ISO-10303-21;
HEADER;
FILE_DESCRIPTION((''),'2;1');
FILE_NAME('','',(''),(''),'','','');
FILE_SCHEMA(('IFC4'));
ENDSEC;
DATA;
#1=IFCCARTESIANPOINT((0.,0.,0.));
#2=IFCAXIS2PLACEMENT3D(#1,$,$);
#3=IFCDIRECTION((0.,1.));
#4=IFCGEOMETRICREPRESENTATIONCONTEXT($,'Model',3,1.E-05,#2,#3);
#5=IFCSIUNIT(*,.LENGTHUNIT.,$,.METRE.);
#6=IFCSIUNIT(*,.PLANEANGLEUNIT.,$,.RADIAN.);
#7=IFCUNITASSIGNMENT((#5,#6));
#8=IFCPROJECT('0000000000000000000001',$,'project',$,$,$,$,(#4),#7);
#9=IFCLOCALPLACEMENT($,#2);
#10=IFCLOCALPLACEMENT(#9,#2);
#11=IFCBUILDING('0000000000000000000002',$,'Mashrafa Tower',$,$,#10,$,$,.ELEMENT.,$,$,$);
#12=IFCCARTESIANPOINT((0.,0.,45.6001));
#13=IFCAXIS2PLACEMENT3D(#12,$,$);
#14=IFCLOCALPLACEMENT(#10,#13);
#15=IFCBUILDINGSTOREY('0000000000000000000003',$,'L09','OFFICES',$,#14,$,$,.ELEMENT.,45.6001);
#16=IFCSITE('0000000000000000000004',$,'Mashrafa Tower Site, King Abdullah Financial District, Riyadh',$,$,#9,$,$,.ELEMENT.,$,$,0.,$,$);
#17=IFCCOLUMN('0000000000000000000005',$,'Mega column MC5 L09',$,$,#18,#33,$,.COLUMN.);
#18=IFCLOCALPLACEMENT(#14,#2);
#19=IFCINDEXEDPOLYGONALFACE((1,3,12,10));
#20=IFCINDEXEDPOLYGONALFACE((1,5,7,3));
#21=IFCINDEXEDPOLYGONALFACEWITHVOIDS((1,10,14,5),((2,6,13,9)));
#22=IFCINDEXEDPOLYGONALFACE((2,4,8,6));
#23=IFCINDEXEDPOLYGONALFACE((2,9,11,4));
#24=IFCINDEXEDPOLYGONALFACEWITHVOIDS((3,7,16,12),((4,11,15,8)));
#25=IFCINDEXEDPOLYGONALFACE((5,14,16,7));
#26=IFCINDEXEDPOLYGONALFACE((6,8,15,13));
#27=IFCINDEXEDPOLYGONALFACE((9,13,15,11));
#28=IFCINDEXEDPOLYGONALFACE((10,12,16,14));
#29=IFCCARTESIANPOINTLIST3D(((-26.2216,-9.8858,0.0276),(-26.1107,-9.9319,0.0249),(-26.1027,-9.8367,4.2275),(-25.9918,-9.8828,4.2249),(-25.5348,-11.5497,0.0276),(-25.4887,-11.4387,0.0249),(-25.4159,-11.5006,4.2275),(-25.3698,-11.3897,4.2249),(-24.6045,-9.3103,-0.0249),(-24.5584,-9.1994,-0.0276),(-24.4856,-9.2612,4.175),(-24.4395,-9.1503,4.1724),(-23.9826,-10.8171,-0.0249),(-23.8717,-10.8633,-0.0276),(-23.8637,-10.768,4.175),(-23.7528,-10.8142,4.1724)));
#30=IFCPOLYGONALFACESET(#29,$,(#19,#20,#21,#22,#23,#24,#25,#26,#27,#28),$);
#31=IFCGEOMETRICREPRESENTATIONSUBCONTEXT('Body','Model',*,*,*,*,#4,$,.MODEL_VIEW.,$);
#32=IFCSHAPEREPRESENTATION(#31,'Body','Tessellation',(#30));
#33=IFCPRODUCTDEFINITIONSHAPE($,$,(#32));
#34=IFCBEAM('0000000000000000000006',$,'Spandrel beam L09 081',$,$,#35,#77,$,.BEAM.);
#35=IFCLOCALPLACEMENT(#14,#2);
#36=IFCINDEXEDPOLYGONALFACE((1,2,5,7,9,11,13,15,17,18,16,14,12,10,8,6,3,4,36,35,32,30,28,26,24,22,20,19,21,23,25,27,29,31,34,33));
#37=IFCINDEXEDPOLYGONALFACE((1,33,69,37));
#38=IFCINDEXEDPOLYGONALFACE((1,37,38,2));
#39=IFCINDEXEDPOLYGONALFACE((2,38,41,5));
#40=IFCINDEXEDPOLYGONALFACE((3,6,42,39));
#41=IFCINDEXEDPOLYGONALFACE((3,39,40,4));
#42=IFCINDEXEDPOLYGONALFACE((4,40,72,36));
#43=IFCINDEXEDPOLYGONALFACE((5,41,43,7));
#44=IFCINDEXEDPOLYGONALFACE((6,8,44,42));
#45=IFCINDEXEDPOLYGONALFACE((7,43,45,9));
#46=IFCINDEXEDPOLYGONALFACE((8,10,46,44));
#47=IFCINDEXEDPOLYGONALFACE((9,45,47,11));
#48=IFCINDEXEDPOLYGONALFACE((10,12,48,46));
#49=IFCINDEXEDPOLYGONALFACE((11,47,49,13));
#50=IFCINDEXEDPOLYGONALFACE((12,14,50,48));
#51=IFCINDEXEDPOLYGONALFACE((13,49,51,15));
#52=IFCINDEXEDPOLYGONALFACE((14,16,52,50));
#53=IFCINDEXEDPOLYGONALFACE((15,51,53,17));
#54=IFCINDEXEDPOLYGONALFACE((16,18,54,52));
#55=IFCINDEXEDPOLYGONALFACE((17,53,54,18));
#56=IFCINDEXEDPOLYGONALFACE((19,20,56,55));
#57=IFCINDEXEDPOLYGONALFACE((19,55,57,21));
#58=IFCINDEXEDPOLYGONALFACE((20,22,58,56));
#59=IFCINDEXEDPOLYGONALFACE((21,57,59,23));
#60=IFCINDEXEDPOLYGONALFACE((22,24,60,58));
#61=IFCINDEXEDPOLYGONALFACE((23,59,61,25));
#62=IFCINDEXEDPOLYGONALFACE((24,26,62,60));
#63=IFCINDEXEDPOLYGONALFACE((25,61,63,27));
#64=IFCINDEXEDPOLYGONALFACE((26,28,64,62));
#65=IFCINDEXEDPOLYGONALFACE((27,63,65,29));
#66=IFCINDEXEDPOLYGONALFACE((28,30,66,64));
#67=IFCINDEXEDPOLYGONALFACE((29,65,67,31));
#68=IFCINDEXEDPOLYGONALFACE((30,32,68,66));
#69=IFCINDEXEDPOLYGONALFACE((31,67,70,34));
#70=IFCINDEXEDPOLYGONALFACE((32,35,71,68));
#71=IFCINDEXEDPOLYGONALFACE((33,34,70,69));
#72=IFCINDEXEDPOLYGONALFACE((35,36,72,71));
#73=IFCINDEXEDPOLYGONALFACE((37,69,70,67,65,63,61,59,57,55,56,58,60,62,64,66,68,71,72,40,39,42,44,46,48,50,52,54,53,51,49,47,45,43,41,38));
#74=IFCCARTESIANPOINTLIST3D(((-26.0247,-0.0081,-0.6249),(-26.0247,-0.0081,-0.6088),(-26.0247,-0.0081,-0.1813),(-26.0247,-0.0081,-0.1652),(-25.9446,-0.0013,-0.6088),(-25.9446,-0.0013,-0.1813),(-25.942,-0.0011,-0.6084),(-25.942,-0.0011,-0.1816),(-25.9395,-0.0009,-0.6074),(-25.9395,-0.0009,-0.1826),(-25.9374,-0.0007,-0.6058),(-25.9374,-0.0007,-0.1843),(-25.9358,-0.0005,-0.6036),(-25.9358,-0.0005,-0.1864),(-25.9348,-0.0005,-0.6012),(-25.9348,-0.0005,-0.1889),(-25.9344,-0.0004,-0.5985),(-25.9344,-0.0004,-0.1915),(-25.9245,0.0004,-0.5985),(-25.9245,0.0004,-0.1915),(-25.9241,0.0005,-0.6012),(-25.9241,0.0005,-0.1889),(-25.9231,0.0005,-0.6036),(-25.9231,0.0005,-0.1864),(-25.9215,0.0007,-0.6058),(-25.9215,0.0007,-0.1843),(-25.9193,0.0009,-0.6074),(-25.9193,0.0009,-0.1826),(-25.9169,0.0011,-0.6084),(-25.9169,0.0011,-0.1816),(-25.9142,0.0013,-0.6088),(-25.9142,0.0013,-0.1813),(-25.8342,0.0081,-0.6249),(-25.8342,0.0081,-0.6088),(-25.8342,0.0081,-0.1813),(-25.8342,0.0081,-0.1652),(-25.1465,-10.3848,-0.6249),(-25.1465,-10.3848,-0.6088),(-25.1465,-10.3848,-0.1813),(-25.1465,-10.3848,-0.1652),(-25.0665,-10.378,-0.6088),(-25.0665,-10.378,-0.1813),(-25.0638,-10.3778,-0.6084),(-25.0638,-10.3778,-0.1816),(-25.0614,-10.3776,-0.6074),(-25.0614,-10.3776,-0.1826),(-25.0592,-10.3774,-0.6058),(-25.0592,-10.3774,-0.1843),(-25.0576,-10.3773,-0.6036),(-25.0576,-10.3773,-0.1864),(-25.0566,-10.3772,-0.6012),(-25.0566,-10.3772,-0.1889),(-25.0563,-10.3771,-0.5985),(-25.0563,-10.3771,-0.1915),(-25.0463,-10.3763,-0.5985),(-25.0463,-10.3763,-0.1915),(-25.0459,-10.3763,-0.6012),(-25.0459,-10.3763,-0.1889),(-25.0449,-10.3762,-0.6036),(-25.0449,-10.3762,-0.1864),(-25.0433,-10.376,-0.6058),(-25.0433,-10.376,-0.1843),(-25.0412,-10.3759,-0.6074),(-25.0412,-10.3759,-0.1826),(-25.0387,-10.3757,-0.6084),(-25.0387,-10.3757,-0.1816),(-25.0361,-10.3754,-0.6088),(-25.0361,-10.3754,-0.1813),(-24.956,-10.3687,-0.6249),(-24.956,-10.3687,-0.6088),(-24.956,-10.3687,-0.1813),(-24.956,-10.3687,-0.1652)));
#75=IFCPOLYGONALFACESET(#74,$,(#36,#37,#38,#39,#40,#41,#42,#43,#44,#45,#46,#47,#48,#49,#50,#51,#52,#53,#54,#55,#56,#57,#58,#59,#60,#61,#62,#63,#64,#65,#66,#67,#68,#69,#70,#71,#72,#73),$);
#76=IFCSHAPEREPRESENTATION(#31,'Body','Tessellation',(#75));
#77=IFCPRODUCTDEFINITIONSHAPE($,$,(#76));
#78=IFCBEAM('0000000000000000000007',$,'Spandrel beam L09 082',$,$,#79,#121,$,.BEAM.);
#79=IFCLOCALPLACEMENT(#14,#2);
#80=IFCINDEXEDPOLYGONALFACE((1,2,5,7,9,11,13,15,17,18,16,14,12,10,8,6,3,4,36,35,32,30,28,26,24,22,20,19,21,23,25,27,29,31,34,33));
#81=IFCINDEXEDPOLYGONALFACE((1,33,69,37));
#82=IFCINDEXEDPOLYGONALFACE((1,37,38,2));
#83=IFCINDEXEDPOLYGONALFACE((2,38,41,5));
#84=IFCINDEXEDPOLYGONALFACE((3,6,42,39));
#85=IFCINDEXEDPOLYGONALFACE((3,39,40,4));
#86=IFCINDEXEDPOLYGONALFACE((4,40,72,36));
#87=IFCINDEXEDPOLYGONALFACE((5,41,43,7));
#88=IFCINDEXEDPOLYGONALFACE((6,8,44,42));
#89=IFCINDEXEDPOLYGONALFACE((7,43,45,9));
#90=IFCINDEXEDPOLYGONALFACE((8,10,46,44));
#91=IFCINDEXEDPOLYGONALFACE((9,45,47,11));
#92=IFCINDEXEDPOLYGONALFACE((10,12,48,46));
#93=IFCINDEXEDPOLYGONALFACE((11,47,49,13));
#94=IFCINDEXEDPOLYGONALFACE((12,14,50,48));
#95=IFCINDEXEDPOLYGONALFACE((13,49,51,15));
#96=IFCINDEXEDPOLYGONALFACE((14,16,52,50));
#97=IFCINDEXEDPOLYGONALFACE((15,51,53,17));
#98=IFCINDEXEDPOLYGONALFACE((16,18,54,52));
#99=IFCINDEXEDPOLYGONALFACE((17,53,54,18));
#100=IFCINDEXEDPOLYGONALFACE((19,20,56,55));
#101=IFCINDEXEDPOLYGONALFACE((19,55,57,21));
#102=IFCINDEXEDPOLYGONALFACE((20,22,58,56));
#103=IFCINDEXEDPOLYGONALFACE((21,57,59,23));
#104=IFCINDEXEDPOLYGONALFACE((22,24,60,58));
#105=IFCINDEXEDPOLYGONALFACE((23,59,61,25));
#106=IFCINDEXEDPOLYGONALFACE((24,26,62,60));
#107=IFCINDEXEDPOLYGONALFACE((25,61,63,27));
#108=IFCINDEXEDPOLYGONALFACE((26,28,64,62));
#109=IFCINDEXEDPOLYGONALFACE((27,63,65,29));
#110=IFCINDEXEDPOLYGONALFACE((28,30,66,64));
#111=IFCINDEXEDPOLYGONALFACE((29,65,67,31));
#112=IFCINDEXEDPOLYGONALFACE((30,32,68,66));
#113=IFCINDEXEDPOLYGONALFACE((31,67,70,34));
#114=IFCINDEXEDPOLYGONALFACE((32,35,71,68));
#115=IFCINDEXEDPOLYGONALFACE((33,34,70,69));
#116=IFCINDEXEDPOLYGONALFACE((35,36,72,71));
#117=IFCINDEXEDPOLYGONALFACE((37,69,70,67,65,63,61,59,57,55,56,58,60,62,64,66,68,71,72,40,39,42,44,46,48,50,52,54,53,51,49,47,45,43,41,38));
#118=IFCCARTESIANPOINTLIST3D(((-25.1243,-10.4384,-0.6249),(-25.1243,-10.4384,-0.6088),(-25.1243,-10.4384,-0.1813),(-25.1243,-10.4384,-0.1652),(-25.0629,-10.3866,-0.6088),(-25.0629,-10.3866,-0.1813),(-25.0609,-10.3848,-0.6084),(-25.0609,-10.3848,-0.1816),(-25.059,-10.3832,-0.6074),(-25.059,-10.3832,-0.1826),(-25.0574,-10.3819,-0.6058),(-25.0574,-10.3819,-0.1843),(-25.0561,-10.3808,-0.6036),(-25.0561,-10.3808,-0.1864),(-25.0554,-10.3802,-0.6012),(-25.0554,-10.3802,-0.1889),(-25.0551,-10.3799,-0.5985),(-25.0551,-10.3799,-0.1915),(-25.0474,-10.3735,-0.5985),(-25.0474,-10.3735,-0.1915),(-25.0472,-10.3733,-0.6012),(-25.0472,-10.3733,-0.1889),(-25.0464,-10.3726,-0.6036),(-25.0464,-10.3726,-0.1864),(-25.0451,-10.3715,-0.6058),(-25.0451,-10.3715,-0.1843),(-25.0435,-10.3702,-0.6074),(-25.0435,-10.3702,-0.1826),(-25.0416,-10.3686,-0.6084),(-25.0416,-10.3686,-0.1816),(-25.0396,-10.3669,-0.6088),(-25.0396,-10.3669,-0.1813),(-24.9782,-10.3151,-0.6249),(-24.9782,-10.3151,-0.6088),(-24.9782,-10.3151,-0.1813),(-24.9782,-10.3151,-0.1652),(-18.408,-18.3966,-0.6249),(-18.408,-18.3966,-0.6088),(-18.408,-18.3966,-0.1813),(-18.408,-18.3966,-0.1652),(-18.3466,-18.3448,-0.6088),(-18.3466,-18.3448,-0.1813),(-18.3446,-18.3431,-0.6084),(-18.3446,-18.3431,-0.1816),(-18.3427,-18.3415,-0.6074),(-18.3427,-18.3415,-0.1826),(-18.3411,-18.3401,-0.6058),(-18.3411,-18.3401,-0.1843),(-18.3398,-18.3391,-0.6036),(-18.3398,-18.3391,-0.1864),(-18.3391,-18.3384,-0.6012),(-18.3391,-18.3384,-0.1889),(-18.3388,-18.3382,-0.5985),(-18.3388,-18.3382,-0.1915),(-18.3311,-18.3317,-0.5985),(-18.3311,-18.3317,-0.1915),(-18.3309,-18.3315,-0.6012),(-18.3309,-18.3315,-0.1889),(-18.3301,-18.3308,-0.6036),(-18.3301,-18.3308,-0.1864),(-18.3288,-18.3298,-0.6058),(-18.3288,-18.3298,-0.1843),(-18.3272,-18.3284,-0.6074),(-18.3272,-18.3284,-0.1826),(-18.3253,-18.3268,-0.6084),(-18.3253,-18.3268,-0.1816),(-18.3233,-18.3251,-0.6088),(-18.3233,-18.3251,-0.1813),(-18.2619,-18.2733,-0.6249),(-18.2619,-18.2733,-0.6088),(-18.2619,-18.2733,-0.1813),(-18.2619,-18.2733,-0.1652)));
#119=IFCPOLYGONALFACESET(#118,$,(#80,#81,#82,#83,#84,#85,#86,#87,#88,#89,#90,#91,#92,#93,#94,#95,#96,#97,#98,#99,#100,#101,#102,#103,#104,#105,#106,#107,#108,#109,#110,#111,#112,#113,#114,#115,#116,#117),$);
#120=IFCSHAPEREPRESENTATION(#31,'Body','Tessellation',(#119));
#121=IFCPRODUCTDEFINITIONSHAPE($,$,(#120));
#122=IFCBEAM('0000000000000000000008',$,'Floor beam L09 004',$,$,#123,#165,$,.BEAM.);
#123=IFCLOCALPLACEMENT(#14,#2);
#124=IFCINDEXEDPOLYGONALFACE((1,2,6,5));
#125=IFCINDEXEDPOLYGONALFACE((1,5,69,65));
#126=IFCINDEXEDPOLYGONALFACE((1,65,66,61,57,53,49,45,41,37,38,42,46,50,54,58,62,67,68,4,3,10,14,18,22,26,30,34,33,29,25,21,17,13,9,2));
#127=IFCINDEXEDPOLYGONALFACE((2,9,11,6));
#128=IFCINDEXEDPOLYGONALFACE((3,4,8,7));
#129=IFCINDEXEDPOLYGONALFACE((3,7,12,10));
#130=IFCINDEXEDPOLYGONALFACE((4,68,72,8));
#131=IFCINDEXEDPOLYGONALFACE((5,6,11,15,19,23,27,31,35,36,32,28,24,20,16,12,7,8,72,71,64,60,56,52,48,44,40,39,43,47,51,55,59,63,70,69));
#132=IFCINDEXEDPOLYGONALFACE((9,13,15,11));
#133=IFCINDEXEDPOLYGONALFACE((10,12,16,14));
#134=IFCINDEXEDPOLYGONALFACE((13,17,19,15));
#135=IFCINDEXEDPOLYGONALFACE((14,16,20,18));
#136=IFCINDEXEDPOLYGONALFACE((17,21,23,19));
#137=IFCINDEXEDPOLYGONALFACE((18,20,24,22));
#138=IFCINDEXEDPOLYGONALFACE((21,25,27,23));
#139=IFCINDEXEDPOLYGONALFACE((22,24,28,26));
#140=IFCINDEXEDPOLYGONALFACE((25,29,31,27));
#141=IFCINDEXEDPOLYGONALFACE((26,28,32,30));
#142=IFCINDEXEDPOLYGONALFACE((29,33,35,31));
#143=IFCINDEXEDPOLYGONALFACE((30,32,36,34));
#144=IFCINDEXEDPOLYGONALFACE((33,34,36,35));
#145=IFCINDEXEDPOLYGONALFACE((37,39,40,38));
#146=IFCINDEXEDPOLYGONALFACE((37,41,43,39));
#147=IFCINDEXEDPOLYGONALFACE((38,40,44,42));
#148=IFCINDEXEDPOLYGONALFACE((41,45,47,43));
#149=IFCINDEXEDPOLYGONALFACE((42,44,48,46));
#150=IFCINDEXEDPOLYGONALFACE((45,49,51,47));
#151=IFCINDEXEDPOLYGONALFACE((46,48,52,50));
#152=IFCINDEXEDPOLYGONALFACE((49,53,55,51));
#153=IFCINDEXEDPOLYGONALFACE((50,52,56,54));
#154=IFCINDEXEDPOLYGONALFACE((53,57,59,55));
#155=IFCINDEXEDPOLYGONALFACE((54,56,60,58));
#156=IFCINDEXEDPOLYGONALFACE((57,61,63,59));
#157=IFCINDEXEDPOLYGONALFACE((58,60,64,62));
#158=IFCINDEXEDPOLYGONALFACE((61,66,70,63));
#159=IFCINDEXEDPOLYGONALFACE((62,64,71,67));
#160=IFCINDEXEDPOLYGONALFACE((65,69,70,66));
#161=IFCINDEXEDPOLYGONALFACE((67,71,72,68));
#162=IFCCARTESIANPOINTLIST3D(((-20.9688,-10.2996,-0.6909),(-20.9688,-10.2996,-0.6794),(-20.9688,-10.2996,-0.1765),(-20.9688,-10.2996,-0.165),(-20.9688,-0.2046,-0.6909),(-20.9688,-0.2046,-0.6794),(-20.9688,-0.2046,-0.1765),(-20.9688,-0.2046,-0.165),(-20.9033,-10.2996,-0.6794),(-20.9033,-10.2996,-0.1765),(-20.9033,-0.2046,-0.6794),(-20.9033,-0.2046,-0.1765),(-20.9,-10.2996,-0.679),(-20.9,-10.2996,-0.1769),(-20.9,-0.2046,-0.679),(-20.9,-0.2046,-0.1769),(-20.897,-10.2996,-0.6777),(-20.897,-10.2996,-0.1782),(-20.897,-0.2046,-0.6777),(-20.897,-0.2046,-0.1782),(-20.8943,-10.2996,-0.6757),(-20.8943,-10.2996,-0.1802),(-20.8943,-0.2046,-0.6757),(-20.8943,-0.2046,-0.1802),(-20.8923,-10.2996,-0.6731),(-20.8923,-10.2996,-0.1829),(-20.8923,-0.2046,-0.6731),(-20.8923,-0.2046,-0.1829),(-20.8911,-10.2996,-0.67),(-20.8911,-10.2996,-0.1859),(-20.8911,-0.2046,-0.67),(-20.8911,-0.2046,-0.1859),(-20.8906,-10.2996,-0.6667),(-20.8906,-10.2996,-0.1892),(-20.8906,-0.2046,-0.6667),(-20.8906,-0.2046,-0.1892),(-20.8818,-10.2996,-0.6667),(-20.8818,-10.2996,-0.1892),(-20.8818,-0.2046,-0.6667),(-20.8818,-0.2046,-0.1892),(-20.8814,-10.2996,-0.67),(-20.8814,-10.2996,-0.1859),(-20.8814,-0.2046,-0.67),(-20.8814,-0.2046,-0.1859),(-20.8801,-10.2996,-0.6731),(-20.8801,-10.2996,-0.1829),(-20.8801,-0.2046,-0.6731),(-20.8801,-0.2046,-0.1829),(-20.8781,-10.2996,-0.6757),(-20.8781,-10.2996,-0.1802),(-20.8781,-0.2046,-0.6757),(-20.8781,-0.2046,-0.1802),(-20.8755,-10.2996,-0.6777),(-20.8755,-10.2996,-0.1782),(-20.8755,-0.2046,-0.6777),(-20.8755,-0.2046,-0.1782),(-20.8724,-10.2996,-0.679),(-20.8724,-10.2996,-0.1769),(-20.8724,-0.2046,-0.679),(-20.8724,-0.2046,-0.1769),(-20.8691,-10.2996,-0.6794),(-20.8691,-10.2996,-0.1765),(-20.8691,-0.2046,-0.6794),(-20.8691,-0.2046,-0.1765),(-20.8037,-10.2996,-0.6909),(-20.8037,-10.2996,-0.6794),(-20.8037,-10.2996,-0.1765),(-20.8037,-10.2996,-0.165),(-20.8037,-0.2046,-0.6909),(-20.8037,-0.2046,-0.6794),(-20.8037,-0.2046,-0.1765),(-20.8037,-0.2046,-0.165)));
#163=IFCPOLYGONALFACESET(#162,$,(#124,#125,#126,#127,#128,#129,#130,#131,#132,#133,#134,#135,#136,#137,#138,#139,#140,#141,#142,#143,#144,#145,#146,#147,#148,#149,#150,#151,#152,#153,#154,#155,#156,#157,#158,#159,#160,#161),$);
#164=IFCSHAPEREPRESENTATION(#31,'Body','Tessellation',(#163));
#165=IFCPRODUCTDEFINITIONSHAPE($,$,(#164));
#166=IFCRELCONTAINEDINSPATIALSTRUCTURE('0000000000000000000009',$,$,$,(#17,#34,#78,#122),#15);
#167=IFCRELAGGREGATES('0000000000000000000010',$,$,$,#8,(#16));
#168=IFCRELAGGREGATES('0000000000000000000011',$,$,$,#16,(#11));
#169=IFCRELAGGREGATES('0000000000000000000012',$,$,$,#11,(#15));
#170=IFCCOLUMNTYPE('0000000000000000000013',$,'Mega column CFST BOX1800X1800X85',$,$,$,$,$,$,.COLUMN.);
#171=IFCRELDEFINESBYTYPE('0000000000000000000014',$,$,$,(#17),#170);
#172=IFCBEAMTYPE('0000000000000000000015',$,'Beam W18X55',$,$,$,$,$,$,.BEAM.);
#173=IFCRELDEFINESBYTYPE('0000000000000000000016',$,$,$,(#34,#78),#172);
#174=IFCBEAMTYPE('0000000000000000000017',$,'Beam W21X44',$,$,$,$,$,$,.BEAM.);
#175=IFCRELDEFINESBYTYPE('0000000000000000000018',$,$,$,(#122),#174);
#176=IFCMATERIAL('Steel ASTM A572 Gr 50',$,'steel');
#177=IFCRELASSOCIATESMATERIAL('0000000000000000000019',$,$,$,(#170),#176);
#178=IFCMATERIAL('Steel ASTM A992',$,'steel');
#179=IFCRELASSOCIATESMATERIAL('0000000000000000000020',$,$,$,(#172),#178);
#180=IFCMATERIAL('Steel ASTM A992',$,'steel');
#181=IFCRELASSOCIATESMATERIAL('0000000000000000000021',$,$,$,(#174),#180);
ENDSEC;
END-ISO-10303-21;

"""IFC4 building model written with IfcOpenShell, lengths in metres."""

from ifc_helpers import new_model, si_unit, direction, frame, origin, origin_2d, place, context, subcontext, project, spatial, hollow_rectangle, i_section, extrude, material, material_profile, profile_set, type_object, element, save


model = new_model("IFC4")

# Units and contexts
model_context = context("Model", 3, precision=1e-05, world=origin(), true_north=direction((0.0, 1.0)))
body_context = subcontext(model_context, "Body", "Model", "MODEL_VIEW")
ifc_project = project(units=[si_unit("LENGTHUNIT", "METRE"), si_unit("PLANEANGLEUNIT", "RADIAN")], contexts=[model_context])

# Site, building, storey
site_placement = place(None, origin())
site = spatial("IfcSite", under=ifc_project, at=site_placement, Name="Mashrafa Tower Site, King Abdullah Financial District, Riyadh", CompositionType="ELEMENT", RefElevation=0.0)
building_placement = place(site_placement, origin())
building = spatial("IfcBuilding", under=site, at=building_placement, Name="Mashrafa Tower", CompositionType="ELEMENT")
storey_placement = place(building_placement, frame((0.0, 0.0, 45.6001)))
storey = spatial("IfcBuildingStorey", under=building, at=storey_placement, Name="L09", Description="OFFICES", CompositionType="ELEMENT", Elevation=45.6001)

# Column
ifc_material_1 = material(Name="Steel ASTM A572 Gr 50", Category="steel")
ifc_material_profile_1 = material_profile(ifc_material_1, hollow_rectangle(XDim=1.8, YDim=1.8, WallThickness=0.085, at=origin_2d()), Name="BOX1800X1800X85")
ifc_profile_set_1 = profile_set([ifc_material_profile_1], Name="Steel ASTM A572 Gr 50")
column_type = type_object("IfcColumnType", Name="Mega column CFST BOX1800X1800X85", PredefinedType="COLUMN", material=ifc_profile_set_1)
column_placement = place(storey_placement, frame((-25.0466, -10.3745, 0.0), z_axis=(0.028296, 0.011679, 0.999531), x_axis=(-0.381513, 0.924363, 0.0)))
element("IfcColumn", 1, at=column_placement, inside=storey, type_object=column_type, Name="Mega column MC5 L09", PredefinedType="COLUMN", context=body_context, shape_type="SweptSolid", body=[
    extrude(hollow_rectangle(XDim=1.8, YDim=1.8, WallThickness=0.085, at=origin_2d()), origin(), (0.0, 0.0, 1.0), 4.2019),
])

# Beams
ifc_material_2 = material(Name="Steel ASTM A992", Category="steel")
ifc_material_profile_2 = material_profile(ifc_material_2, i_section(OverallWidth=0.1912, OverallDepth=0.4597, WebThickness=0.01, FlangeThickness=0.0161, FilletRadius=0.0103, at=origin_2d()), Name="W18X55")
ifc_profile_set_2 = profile_set([ifc_material_profile_2], Name="Steel ASTM A992")
beam_type_1 = type_object("IfcBeamType", Name="Beam W18X55", PredefinedType="BEAM", material=ifc_profile_set_2)
beam_1_placement = place(storey_placement, frame((-25.9294, 0.0, -0.395), z_axis=(0.084328, -0.996438, 0.0), x_axis=(0.996438, 0.084328, 0.0)))
element("IfcBeam", 2, at=beam_1_placement, inside=storey, type_object=beam_type_1, Name="Spandrel beam L09 081", PredefinedType="BEAM", context=body_context, shape_type="SweptSolid", body=[
    extrude(i_section(OverallWidth=0.1912, OverallDepth=0.4597, WebThickness=0.01, FlangeThickness=0.0161, FilletRadius=0.0103, at=origin_2d()), origin(), (0.0, 0.0, 1.0), 10.4138),
])
beam_2_placement = place(storey_placement, frame((-25.0513, -10.3767, -0.395), z_axis=(0.644957, -0.764219, 0.0), x_axis=(0.764219, 0.644957, 0.0)))
element("IfcBeam", 3, at=beam_2_placement, inside=storey, type_object=beam_type_1, Name="Spandrel beam L09 082", PredefinedType="BEAM", context=body_context, shape_type="SweptSolid", body=[
    extrude(i_section(OverallWidth=0.1912, OverallDepth=0.4597, WebThickness=0.01, FlangeThickness=0.0161, FilletRadius=0.0103, at=origin_2d()), origin(), (0.0, 0.0, 1.0), 10.4136),
])
ifc_material_3 = material(Name="Steel ASTM A992", Category="steel")
ifc_material_profile_3 = material_profile(ifc_material_3, i_section(OverallWidth=0.165, OverallDepth=0.5259, WebThickness=0.0088, FlangeThickness=0.0115, FilletRadius=0.0127, at=origin_2d()), Name="W21X44")
ifc_profile_set_3 = profile_set([ifc_material_profile_3], Name="Steel ASTM A992")
beam_type_2 = type_object("IfcBeamType", Name="Beam W21X44", PredefinedType="BEAM", material=ifc_profile_set_3)
beam_3_placement = place(storey_placement, frame((-20.8862, -10.2996, -0.428), z_axis=(0.0, 1.0, 0.0), x_axis=(-1.0, 0.0, 0.0)))
element("IfcBeam", 4, at=beam_3_placement, inside=storey, type_object=beam_type_2, Name="Floor beam L09 004", PredefinedType="BEAM", context=body_context, shape_type="SweptSolid", body=[
    extrude(i_section(OverallWidth=0.165, OverallDepth=0.5259, WebThickness=0.0088, FlangeThickness=0.0115, FilletRadius=0.0127, at=origin_2d()), origin(), (0.0, 0.0, 1.0), 10.095),
])

save(model, "model.ifc")
